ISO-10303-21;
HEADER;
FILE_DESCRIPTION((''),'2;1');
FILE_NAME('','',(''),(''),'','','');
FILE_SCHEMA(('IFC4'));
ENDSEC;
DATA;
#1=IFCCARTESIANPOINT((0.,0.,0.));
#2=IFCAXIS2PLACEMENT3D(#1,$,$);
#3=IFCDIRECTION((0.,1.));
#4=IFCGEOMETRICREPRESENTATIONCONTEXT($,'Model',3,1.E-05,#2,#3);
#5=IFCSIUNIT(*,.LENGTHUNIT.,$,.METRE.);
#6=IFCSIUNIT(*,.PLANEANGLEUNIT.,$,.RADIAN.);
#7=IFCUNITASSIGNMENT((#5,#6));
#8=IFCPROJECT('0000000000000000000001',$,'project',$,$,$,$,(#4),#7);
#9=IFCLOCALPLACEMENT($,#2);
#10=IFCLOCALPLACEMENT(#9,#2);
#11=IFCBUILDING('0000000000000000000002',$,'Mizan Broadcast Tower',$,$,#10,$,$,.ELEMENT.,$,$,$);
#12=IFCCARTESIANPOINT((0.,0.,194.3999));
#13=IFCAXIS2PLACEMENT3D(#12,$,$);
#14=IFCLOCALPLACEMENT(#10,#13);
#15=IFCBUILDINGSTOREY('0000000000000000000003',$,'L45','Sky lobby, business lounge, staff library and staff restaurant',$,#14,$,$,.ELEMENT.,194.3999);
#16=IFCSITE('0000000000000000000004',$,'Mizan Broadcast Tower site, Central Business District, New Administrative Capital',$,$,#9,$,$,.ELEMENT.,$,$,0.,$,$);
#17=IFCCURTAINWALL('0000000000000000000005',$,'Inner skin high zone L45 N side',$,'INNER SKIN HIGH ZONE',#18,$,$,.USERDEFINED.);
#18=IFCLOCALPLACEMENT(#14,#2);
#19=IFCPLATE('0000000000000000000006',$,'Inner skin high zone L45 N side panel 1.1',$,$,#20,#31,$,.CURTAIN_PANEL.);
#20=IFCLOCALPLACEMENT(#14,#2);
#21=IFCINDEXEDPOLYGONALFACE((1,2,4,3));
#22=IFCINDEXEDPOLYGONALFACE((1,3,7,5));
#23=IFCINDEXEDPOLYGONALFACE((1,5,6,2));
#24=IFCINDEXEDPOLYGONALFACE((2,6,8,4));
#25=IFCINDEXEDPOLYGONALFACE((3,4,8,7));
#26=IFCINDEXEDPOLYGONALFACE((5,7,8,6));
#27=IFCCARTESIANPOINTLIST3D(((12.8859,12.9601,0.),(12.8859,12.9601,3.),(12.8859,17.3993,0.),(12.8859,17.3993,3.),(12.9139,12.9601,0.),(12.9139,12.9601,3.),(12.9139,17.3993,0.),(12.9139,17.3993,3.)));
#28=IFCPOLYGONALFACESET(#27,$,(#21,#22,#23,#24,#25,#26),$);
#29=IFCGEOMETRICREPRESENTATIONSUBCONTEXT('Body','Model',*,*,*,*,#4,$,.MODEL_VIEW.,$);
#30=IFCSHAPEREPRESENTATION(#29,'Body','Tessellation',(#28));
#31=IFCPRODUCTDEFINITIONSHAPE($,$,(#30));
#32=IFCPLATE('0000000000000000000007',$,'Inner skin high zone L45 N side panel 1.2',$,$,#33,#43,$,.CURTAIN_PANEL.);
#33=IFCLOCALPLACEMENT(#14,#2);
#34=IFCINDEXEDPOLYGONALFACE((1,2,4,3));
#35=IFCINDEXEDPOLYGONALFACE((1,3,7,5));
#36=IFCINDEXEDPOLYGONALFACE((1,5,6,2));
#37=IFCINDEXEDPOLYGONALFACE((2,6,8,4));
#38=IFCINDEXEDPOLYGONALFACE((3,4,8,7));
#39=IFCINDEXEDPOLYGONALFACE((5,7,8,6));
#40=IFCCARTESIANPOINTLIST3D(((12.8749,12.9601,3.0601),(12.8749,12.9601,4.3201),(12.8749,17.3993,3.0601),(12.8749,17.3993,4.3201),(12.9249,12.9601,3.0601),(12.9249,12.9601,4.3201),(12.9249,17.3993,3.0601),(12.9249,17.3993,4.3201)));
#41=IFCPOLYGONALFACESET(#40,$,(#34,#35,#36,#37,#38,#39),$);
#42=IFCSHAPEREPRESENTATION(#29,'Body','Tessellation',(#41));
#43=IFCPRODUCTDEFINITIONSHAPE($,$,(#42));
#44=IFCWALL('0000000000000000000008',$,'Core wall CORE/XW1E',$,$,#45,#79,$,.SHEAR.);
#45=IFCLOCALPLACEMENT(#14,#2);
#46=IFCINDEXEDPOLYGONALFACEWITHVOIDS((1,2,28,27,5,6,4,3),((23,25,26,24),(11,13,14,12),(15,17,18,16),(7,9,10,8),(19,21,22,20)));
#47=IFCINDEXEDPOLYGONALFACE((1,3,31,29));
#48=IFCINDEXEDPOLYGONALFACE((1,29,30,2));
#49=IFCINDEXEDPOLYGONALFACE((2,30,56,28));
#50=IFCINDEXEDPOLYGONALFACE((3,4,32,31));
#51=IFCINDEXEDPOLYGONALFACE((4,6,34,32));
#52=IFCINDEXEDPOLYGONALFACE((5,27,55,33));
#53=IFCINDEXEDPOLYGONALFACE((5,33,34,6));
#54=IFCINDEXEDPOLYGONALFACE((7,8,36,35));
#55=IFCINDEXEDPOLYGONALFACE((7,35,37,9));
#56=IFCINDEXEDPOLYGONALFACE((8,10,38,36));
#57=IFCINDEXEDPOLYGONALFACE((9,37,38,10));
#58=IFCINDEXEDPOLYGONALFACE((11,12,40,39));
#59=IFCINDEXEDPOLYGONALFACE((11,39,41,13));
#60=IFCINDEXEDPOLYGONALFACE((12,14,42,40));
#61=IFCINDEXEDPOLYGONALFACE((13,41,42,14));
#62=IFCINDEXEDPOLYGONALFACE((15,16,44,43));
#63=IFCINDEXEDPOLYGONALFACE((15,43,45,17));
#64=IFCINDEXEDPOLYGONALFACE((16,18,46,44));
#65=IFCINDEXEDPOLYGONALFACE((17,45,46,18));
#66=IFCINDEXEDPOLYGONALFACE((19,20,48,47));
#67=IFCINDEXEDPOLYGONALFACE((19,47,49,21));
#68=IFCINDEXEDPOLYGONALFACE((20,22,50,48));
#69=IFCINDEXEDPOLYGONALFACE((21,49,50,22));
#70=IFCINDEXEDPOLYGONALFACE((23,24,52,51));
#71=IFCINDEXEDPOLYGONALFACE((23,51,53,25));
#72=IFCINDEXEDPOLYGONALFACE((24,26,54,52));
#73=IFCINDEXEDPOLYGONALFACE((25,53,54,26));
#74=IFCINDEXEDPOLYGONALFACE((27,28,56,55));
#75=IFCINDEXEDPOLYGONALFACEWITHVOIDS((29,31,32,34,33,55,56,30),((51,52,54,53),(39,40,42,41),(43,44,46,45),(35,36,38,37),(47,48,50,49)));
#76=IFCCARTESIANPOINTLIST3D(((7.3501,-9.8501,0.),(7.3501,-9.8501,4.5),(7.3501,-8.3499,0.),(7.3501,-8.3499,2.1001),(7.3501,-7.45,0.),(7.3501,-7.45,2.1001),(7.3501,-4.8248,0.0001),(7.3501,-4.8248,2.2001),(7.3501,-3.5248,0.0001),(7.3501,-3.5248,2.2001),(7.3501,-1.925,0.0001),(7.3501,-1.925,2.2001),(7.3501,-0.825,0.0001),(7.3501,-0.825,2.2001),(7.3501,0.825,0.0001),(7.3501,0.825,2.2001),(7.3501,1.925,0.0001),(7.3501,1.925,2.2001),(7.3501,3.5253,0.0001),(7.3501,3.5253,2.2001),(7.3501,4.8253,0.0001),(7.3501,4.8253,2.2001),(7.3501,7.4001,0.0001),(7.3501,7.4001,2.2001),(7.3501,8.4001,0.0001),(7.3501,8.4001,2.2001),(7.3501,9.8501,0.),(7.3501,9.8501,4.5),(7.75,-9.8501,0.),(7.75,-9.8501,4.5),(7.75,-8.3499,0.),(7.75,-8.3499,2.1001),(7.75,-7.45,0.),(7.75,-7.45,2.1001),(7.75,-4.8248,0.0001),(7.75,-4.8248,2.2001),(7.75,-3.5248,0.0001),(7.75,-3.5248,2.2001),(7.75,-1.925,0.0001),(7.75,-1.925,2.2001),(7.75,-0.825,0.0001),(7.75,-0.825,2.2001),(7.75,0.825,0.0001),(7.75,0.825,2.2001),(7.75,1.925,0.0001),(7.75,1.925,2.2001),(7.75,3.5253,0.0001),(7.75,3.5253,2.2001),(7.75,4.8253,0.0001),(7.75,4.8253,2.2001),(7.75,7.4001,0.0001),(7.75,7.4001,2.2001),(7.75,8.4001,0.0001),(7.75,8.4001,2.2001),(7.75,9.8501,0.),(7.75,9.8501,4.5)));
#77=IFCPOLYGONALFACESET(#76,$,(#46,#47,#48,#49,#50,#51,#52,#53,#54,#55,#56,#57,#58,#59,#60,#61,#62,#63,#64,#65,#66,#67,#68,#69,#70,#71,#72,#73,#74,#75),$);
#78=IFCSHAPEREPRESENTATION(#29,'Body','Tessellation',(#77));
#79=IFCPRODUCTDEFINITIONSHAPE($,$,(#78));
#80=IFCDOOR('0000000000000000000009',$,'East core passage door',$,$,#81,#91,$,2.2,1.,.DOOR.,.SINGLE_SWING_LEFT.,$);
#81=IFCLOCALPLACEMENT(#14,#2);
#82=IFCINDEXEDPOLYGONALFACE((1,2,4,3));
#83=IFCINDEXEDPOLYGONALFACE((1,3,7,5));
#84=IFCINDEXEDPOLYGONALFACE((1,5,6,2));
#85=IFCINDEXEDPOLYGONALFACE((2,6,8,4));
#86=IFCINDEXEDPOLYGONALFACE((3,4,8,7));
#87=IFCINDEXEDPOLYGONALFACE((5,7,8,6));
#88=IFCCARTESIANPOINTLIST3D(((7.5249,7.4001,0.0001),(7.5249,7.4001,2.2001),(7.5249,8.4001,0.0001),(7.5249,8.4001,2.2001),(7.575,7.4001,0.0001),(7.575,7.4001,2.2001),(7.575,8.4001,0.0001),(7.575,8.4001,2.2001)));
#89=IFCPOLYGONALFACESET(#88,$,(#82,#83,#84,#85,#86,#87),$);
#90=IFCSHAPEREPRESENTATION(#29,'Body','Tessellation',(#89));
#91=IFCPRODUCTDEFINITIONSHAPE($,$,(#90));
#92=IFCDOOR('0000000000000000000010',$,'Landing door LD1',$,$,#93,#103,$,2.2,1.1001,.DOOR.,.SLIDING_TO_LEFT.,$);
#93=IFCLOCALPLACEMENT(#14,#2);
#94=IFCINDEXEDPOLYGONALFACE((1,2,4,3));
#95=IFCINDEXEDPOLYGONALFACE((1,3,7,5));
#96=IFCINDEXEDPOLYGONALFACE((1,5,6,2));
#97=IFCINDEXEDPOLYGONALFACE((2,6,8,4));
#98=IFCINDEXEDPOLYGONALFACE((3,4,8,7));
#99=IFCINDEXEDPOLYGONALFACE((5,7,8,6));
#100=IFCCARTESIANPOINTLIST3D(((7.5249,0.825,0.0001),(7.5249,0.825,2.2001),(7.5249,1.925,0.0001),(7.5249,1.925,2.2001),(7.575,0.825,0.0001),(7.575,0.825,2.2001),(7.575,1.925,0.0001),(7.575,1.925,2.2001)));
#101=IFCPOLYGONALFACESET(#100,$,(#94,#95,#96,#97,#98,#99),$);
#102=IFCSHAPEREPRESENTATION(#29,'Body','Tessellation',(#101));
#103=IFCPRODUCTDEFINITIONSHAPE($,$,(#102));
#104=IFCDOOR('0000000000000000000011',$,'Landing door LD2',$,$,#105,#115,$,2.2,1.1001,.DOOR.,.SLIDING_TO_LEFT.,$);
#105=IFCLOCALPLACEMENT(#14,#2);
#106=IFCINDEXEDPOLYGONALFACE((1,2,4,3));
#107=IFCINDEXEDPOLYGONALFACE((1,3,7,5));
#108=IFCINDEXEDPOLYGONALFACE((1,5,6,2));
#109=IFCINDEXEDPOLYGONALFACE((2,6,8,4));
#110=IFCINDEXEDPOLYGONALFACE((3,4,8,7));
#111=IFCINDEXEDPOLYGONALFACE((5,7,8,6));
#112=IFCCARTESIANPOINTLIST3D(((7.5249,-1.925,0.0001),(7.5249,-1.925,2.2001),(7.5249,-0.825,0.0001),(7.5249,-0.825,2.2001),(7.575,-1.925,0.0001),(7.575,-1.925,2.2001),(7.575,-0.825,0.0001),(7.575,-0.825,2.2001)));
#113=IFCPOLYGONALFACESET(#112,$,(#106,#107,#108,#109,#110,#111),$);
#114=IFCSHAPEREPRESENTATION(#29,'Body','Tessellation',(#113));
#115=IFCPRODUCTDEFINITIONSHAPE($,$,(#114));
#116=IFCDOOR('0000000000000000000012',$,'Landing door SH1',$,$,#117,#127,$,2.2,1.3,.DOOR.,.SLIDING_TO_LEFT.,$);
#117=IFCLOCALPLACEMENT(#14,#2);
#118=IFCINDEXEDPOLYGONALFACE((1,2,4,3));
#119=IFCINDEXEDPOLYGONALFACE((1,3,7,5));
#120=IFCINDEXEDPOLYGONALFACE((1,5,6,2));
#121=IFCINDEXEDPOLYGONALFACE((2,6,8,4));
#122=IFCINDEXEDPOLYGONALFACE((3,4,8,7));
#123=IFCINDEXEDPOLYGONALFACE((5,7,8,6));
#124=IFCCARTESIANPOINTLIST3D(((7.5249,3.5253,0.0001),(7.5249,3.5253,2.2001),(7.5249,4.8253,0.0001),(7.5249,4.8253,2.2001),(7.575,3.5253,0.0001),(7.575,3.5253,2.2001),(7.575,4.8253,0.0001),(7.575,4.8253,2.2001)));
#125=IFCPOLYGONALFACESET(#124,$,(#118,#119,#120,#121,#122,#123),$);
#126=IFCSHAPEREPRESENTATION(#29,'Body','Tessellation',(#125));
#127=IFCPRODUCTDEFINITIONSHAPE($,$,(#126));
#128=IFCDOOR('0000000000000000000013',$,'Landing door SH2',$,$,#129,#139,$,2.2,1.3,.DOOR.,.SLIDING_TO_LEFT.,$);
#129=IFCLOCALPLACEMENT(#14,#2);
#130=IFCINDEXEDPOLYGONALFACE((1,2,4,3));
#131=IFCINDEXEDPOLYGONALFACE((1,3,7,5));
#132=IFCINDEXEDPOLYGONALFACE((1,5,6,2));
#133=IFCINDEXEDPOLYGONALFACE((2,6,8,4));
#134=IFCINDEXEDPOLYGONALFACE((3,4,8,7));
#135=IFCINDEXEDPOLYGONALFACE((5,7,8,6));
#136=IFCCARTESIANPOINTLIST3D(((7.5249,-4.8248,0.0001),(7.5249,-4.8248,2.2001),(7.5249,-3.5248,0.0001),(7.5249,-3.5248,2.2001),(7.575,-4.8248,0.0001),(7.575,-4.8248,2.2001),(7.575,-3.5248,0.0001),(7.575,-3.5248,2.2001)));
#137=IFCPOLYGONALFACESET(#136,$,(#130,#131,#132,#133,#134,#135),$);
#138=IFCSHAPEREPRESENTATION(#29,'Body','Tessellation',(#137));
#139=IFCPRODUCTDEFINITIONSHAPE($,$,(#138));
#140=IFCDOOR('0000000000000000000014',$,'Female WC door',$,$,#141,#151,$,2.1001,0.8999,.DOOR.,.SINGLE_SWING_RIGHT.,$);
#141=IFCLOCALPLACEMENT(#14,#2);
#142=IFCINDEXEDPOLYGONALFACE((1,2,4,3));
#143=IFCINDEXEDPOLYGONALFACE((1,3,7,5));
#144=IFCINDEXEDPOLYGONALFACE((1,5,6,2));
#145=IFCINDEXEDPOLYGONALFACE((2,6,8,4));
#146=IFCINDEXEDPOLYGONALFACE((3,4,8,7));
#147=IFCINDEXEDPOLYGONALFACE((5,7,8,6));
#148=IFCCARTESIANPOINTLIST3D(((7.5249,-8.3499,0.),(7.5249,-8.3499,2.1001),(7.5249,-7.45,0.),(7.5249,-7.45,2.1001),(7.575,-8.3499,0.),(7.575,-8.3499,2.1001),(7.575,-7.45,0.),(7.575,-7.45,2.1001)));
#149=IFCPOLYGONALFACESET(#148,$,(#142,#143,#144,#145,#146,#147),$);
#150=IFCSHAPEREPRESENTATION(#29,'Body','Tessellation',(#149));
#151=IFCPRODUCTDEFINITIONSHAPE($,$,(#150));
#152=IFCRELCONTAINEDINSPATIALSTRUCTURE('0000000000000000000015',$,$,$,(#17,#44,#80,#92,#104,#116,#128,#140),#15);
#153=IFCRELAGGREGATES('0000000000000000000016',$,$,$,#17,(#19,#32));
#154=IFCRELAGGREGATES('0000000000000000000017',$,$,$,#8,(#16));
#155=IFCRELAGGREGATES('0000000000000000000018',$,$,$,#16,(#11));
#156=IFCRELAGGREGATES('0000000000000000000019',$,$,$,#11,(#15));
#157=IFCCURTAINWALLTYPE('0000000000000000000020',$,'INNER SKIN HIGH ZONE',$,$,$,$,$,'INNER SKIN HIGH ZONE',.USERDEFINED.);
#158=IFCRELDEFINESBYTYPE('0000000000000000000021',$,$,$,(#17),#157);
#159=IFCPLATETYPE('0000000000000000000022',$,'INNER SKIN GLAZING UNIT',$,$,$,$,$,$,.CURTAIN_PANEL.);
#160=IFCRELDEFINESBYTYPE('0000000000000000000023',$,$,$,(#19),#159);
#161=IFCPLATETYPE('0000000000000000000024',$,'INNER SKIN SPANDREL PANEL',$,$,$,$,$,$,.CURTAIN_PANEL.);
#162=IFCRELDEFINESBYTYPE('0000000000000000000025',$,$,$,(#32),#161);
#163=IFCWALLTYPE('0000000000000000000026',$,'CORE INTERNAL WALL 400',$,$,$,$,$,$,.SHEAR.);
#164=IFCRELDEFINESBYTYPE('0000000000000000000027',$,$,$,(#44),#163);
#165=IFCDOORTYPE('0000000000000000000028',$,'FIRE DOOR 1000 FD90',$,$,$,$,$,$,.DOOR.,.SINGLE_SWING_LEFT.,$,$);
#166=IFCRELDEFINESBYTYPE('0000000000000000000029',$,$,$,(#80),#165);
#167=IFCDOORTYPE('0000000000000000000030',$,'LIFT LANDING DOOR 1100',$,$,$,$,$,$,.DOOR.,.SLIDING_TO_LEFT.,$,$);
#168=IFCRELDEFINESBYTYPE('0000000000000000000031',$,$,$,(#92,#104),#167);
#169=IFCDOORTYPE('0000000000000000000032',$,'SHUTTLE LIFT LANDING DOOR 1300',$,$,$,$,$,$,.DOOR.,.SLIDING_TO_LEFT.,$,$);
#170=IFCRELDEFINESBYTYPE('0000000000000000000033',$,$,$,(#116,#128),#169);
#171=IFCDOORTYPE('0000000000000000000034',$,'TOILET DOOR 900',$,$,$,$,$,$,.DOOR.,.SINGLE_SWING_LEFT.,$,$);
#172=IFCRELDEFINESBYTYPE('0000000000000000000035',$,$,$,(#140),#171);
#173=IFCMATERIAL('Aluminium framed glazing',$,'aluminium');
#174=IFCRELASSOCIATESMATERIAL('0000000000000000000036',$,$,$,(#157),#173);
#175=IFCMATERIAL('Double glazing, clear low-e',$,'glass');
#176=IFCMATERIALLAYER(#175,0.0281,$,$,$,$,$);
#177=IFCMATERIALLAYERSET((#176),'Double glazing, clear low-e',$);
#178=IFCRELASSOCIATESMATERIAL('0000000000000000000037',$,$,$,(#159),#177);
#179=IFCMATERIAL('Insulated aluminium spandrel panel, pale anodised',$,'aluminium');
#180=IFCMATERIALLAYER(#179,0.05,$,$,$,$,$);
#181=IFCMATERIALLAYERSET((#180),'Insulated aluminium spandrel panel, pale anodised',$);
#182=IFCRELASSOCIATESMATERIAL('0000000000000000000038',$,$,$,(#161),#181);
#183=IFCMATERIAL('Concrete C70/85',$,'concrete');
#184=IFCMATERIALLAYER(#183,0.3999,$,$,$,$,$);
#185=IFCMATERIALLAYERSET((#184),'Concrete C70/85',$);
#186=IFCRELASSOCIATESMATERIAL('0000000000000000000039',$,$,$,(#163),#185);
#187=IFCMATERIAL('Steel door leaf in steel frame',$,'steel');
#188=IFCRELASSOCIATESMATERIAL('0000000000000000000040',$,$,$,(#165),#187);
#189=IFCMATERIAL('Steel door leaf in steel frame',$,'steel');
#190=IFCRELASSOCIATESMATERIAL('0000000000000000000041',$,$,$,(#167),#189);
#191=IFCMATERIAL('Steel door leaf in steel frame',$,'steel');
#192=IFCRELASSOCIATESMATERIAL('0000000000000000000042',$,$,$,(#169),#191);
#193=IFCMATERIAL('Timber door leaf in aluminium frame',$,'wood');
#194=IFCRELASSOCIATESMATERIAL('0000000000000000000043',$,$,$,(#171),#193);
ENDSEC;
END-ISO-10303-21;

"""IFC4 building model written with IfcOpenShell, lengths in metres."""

from ifc_helpers import new_model, si_unit, direction, frame, frame_2d, origin, origin_2d, place, context, subcontext, project, spatial, rectangle, extrude, material, layer, layer_set, type_object, element, fill, aggregate, save


model = new_model("IFC4")

# Units and contexts
model_context = context("Model", 3, precision=1e-05, world=origin(), true_north=direction((0.0, 1.0)))
body_context = subcontext(model_context, "Body", "Model", "MODEL_VIEW")
ifc_project = project(units=[si_unit("LENGTHUNIT", "METRE"), si_unit("PLANEANGLEUNIT", "RADIAN")], contexts=[model_context])

# Site, building, storey
site_placement = place(None, origin())
site = spatial("IfcSite", under=ifc_project, at=site_placement, Name="Mizan Broadcast Tower site, Central Business District, New Administrative Capital", CompositionType="ELEMENT", RefElevation=0.0)
building_placement = place(site_placement, origin())
building = spatial("IfcBuilding", under=site, at=building_placement, Name="Mizan Broadcast Tower", CompositionType="ELEMENT")
storey_placement = place(building_placement, frame((0.0, 0.0, 194.3999)))
storey = spatial("IfcBuildingStorey", under=building, at=storey_placement, Name="L45", Description="Sky lobby, business lounge, staff library and staff restaurant", CompositionType="ELEMENT", Elevation=194.3999)

# Curtain wall
ifc_material_1 = material(Name="Aluminium framed glazing", Category="aluminium")
curtain_wall_type_1 = type_object("IfcCurtainWallType", Name="INNER SKIN HIGH ZONE", ElementType="INNER SKIN HIGH ZONE", PredefinedType="USERDEFINED", material=ifc_material_1)
curtain_wall_1_placement = place(storey_placement, origin())
curtain_wall_1 = element("IfcCurtainWall", 1, at=curtain_wall_1_placement, inside=storey, type_object=curtain_wall_type_1, Name="Inner skin high zone L45 N side", ObjectType="INNER SKIN HIGH ZONE", PredefinedType="USERDEFINED")

# Plates
ifc_material_2 = material(Name="Double glazing, clear low-e", Category="glass")
ifc_layer_1 = layer(ifc_material_2, 0.0281)
ifc_layer_set_1 = layer_set([ifc_layer_1], Name="Double glazing, clear low-e")
plate_type_1 = type_object("IfcPlateType", Name="INNER SKIN GLAZING UNIT", PredefinedType="CURTAIN_PANEL", material=ifc_layer_set_1)
plate_1_placement = place(storey_placement, frame((12.8999, 15.1797, 0.0), z_axis=(0.0, 0.0, 1.0), x_axis=(0.0, 1.0, 0.0)))
plate_1 = element("IfcPlate", 2, at=plate_1_placement, type_object=plate_type_1, Name="Inner skin high zone L45 N side panel 1.1", PredefinedType="CURTAIN_PANEL", context=body_context, shape_type="SweptSolid", body=[
    extrude(rectangle(XDim=4.4392, YDim=0.0281, at=origin_2d()), origin(), (0.0, 0.0, 1.0), 3.0),
])
ifc_material_3 = material(Name="Insulated aluminium spandrel panel, pale anodised", Category="aluminium")
ifc_layer_2 = layer(ifc_material_3, 0.05)
ifc_layer_set_2 = layer_set([ifc_layer_2], Name="Insulated aluminium spandrel panel, pale anodised")
plate_type_2 = type_object("IfcPlateType", Name="INNER SKIN SPANDREL PANEL", PredefinedType="CURTAIN_PANEL", material=ifc_layer_set_2)
plate_2_placement = place(storey_placement, frame((12.8999, 15.1797, 3.0601), z_axis=(0.0, 0.0, 1.0), x_axis=(0.0, 1.0, 0.0)))
plate_2 = element("IfcPlate", 3, at=plate_2_placement, type_object=plate_type_2, Name="Inner skin high zone L45 N side panel 1.2", PredefinedType="CURTAIN_PANEL", context=body_context, shape_type="SweptSolid", body=[
    extrude(rectangle(XDim=4.4392, YDim=0.05, at=origin_2d()), origin(), (0.0, 0.0, 1.0), 1.26),
])
aggregate(curtain_wall_1, [plate_1, plate_2])

# Wall, openings, doors
ifc_material_4 = material(Name="Concrete C70/85", Category="concrete")
ifc_layer_3 = layer(ifc_material_4, 0.3999)
ifc_layer_set_3 = layer_set([ifc_layer_3], Name="Concrete C70/85")
wall_type_1 = type_object("IfcWallType", Name="CORE INTERNAL WALL 400", PredefinedType="SHEAR", material=ifc_layer_set_3)
wall_1_placement = place(storey_placement, frame((7.55, 9.8501, 0.0), z_axis=(0.0, 0.0, 1.0), x_axis=(0.0, -1.0, 0.0)))
wall_1 = element("IfcWall", 4, at=wall_1_placement, inside=storey, type_object=wall_type_1, Name="Core wall CORE/XW1E", PredefinedType="SHEAR", context=body_context, shape_type="SweptSolid", body=[
    extrude(rectangle(XDim=19.7002, YDim=0.3999, at=frame_2d((9.8501, 0.0))), origin(), (0.0, 0.0, 1.0), 4.5),
])
opening_1_placement = place(wall_1_placement, frame((1.45, 0.0, 0.0)))
opening_1 = element("IfcOpeningElement", 5, at=opening_1_placement, cuts=wall_1, PredefinedType="OPENING", context=body_context, shape_type="SweptSolid", body=[
    extrude(rectangle(XDim=1.0, YDim=2.2, at=frame_2d((0.5, 1.1001))), frame((0.0, 0.21, 0.0), z_axis=(0.0, -1.0, 0.0), x_axis=(1.0, 0.0, 0.0)), (0.0, 0.0, 1.0), 0.4199),
])
opening_2_placement = place(wall_1_placement, frame((17.3, 0.0, 0.0)))
opening_2 = element("IfcOpeningElement", 6, at=opening_2_placement, cuts=wall_1, PredefinedType="OPENING", context=body_context, shape_type="SweptSolid", body=[
    extrude(rectangle(XDim=0.8999, YDim=2.1001, at=frame_2d((0.45, 1.05))), frame((0.0, 0.21, 0.0), z_axis=(0.0, -1.0, 0.0), x_axis=(1.0, 0.0, 0.0)), (0.0, 0.0, 1.0), 0.4199),
])
opening_3_placement = place(wall_1_placement, frame((7.925, 0.0, 0.0)))
opening_3 = element("IfcOpeningElement", 7, at=opening_3_placement, cuts=wall_1, PredefinedType="OPENING", context=body_context, shape_type="SweptSolid", body=[
    extrude(rectangle(XDim=1.1001, YDim=2.2, at=frame_2d((0.55, 1.1001))), frame((0.0, 0.21, 0.0), z_axis=(0.0, -1.0, 0.0), x_axis=(1.0, 0.0, 0.0)), (0.0, 0.0, 1.0), 0.4199),
])
opening_4_placement = place(wall_1_placement, frame((10.675, 0.0, 0.0)))
opening_4 = element("IfcOpeningElement", 8, at=opening_4_placement, cuts=wall_1, PredefinedType="OPENING", context=body_context, shape_type="SweptSolid", body=[
    extrude(rectangle(XDim=1.1001, YDim=2.2, at=frame_2d((0.55, 1.1001))), frame((0.0, 0.21, 0.0), z_axis=(0.0, -1.0, 0.0), x_axis=(1.0, 0.0, 0.0)), (0.0, 0.0, 1.0), 0.4199),
])
opening_5_placement = place(wall_1_placement, frame((5.0249, 0.0, 0.0)))
opening_5 = element("IfcOpeningElement", 9, at=opening_5_placement, cuts=wall_1, PredefinedType="OPENING", context=body_context, shape_type="SweptSolid", body=[
    extrude(rectangle(XDim=1.3, YDim=2.2, at=frame_2d((0.6499, 1.1001))), frame((0.0, 0.21, 0.0), z_axis=(0.0, -1.0, 0.0), x_axis=(1.0, 0.0, 0.0)), (0.0, 0.0, 1.0), 0.4199),
])
opening_6_placement = place(wall_1_placement, frame((13.375, 0.0, 0.0)))
opening_6 = element("IfcOpeningElement", 10, at=opening_6_placement, cuts=wall_1, PredefinedType="OPENING", context=body_context, shape_type="SweptSolid", body=[
    extrude(rectangle(XDim=1.3, YDim=2.2, at=frame_2d((0.6499, 1.1001))), frame((0.0, 0.21, 0.0), z_axis=(0.0, -1.0, 0.0), x_axis=(1.0, 0.0, 0.0)), (0.0, 0.0, 1.0), 0.4199),
])
ifc_material_5 = material(Name="Steel door leaf in steel frame", Category="steel")
door_type_1 = type_object("IfcDoorType", Name="FIRE DOOR 1000 FD90", OperationType="SINGLE_SWING_LEFT", PredefinedType="DOOR", material=ifc_material_5)
door_1_placement = place(opening_1_placement, origin())
door_1 = element("IfcDoor", 11, at=door_1_placement, inside=storey, type_object=door_type_1, Name="East core passage door", OperationType="SINGLE_SWING_LEFT", OverallHeight=2.2, OverallWidth=1.0, PredefinedType="DOOR", context=body_context, shape_type="SweptSolid", body=[
    extrude(rectangle(XDim=1.0, YDim=2.2, at=frame_2d((0.5, 1.1001))), frame((0.0, 0.0249, 0.0), z_axis=(0.0, -1.0, 0.0), x_axis=(1.0, 0.0, 0.0)), (0.0, 0.0, 1.0), 0.05),
])
fill(opening_1, door_1)
ifc_material_6 = material(Name="Steel door leaf in steel frame", Category="steel")
door_type_2 = type_object("IfcDoorType", Name="LIFT LANDING DOOR 1100", OperationType="SLIDING_TO_LEFT", PredefinedType="DOOR", material=ifc_material_6)
door_2_placement = place(opening_3_placement, origin())
door_2 = element("IfcDoor", 12, at=door_2_placement, inside=storey, type_object=door_type_2, Name="Landing door LD1", OperationType="SLIDING_TO_LEFT", OverallHeight=2.2, OverallWidth=1.1001, PredefinedType="DOOR", context=body_context, shape_type="SweptSolid", body=[
    extrude(rectangle(XDim=1.1001, YDim=2.2, at=frame_2d((0.55, 1.1001))), frame((0.0, 0.0249, 0.0), z_axis=(0.0, -1.0, 0.0), x_axis=(1.0, 0.0, 0.0)), (0.0, 0.0, 1.0), 0.05),
])
fill(opening_3, door_2)
door_3_placement = place(opening_4_placement, origin())
door_3 = element("IfcDoor", 13, at=door_3_placement, inside=storey, type_object=door_type_2, Name="Landing door LD2", OperationType="SLIDING_TO_LEFT", OverallHeight=2.2, OverallWidth=1.1001, PredefinedType="DOOR", context=body_context, shape_type="SweptSolid", body=[
    extrude(rectangle(XDim=1.1001, YDim=2.2, at=frame_2d((0.55, 1.1001))), frame((0.0, 0.0249, 0.0), z_axis=(0.0, -1.0, 0.0), x_axis=(1.0, 0.0, 0.0)), (0.0, 0.0, 1.0), 0.05),
])
fill(opening_4, door_3)
ifc_material_7 = material(Name="Steel door leaf in steel frame", Category="steel")
door_type_3 = type_object("IfcDoorType", Name="SHUTTLE LIFT LANDING DOOR 1300", OperationType="SLIDING_TO_LEFT", PredefinedType="DOOR", material=ifc_material_7)
door_4_placement = place(opening_5_placement, origin())
door_4 = element("IfcDoor", 14, at=door_4_placement, inside=storey, type_object=door_type_3, Name="Landing door SH1", OperationType="SLIDING_TO_LEFT", OverallHeight=2.2, OverallWidth=1.3, PredefinedType="DOOR", context=body_context, shape_type="SweptSolid", body=[
    extrude(rectangle(XDim=1.3, YDim=2.2, at=frame_2d((0.6499, 1.1001))), frame((0.0, 0.0249, 0.0), z_axis=(0.0, -1.0, 0.0), x_axis=(1.0, 0.0, 0.0)), (0.0, 0.0, 1.0), 0.05),
])
fill(opening_5, door_4)
door_5_placement = place(opening_6_placement, origin())
door_5 = element("IfcDoor", 15, at=door_5_placement, inside=storey, type_object=door_type_3, Name="Landing door SH2", OperationType="SLIDING_TO_LEFT", OverallHeight=2.2, OverallWidth=1.3, PredefinedType="DOOR", context=body_context, shape_type="SweptSolid", body=[
    extrude(rectangle(XDim=1.3, YDim=2.2, at=frame_2d((0.6499, 1.1001))), frame((0.0, 0.0249, 0.0), z_axis=(0.0, -1.0, 0.0), x_axis=(1.0, 0.0, 0.0)), (0.0, 0.0, 1.0), 0.05),
])
fill(opening_6, door_5)
ifc_material_8 = material(Name="Timber door leaf in aluminium frame", Category="wood")
door_type_4 = type_object("IfcDoorType", Name="TOILET DOOR 900", OperationType="SINGLE_SWING_LEFT", PredefinedType="DOOR", material=ifc_material_8)
door_6_placement = place(opening_2_placement, origin())
door_6 = element("IfcDoor", 16, at=door_6_placement, inside=storey, type_object=door_type_4, Name="Female WC door", OperationType="SINGLE_SWING_RIGHT", OverallHeight=2.1001, OverallWidth=0.8999, PredefinedType="DOOR", context=body_context, shape_type="SweptSolid", body=[
    extrude(rectangle(XDim=0.8999, YDim=2.1001, at=frame_2d((0.45, 1.05))), frame((0.0, 0.0249, 0.0), z_axis=(0.0, -1.0, 0.0), x_axis=(1.0, 0.0, 0.0)), (0.0, 0.0, 1.0), 0.05),
])
fill(opening_2, door_6)

save(model, "model.ifc")
